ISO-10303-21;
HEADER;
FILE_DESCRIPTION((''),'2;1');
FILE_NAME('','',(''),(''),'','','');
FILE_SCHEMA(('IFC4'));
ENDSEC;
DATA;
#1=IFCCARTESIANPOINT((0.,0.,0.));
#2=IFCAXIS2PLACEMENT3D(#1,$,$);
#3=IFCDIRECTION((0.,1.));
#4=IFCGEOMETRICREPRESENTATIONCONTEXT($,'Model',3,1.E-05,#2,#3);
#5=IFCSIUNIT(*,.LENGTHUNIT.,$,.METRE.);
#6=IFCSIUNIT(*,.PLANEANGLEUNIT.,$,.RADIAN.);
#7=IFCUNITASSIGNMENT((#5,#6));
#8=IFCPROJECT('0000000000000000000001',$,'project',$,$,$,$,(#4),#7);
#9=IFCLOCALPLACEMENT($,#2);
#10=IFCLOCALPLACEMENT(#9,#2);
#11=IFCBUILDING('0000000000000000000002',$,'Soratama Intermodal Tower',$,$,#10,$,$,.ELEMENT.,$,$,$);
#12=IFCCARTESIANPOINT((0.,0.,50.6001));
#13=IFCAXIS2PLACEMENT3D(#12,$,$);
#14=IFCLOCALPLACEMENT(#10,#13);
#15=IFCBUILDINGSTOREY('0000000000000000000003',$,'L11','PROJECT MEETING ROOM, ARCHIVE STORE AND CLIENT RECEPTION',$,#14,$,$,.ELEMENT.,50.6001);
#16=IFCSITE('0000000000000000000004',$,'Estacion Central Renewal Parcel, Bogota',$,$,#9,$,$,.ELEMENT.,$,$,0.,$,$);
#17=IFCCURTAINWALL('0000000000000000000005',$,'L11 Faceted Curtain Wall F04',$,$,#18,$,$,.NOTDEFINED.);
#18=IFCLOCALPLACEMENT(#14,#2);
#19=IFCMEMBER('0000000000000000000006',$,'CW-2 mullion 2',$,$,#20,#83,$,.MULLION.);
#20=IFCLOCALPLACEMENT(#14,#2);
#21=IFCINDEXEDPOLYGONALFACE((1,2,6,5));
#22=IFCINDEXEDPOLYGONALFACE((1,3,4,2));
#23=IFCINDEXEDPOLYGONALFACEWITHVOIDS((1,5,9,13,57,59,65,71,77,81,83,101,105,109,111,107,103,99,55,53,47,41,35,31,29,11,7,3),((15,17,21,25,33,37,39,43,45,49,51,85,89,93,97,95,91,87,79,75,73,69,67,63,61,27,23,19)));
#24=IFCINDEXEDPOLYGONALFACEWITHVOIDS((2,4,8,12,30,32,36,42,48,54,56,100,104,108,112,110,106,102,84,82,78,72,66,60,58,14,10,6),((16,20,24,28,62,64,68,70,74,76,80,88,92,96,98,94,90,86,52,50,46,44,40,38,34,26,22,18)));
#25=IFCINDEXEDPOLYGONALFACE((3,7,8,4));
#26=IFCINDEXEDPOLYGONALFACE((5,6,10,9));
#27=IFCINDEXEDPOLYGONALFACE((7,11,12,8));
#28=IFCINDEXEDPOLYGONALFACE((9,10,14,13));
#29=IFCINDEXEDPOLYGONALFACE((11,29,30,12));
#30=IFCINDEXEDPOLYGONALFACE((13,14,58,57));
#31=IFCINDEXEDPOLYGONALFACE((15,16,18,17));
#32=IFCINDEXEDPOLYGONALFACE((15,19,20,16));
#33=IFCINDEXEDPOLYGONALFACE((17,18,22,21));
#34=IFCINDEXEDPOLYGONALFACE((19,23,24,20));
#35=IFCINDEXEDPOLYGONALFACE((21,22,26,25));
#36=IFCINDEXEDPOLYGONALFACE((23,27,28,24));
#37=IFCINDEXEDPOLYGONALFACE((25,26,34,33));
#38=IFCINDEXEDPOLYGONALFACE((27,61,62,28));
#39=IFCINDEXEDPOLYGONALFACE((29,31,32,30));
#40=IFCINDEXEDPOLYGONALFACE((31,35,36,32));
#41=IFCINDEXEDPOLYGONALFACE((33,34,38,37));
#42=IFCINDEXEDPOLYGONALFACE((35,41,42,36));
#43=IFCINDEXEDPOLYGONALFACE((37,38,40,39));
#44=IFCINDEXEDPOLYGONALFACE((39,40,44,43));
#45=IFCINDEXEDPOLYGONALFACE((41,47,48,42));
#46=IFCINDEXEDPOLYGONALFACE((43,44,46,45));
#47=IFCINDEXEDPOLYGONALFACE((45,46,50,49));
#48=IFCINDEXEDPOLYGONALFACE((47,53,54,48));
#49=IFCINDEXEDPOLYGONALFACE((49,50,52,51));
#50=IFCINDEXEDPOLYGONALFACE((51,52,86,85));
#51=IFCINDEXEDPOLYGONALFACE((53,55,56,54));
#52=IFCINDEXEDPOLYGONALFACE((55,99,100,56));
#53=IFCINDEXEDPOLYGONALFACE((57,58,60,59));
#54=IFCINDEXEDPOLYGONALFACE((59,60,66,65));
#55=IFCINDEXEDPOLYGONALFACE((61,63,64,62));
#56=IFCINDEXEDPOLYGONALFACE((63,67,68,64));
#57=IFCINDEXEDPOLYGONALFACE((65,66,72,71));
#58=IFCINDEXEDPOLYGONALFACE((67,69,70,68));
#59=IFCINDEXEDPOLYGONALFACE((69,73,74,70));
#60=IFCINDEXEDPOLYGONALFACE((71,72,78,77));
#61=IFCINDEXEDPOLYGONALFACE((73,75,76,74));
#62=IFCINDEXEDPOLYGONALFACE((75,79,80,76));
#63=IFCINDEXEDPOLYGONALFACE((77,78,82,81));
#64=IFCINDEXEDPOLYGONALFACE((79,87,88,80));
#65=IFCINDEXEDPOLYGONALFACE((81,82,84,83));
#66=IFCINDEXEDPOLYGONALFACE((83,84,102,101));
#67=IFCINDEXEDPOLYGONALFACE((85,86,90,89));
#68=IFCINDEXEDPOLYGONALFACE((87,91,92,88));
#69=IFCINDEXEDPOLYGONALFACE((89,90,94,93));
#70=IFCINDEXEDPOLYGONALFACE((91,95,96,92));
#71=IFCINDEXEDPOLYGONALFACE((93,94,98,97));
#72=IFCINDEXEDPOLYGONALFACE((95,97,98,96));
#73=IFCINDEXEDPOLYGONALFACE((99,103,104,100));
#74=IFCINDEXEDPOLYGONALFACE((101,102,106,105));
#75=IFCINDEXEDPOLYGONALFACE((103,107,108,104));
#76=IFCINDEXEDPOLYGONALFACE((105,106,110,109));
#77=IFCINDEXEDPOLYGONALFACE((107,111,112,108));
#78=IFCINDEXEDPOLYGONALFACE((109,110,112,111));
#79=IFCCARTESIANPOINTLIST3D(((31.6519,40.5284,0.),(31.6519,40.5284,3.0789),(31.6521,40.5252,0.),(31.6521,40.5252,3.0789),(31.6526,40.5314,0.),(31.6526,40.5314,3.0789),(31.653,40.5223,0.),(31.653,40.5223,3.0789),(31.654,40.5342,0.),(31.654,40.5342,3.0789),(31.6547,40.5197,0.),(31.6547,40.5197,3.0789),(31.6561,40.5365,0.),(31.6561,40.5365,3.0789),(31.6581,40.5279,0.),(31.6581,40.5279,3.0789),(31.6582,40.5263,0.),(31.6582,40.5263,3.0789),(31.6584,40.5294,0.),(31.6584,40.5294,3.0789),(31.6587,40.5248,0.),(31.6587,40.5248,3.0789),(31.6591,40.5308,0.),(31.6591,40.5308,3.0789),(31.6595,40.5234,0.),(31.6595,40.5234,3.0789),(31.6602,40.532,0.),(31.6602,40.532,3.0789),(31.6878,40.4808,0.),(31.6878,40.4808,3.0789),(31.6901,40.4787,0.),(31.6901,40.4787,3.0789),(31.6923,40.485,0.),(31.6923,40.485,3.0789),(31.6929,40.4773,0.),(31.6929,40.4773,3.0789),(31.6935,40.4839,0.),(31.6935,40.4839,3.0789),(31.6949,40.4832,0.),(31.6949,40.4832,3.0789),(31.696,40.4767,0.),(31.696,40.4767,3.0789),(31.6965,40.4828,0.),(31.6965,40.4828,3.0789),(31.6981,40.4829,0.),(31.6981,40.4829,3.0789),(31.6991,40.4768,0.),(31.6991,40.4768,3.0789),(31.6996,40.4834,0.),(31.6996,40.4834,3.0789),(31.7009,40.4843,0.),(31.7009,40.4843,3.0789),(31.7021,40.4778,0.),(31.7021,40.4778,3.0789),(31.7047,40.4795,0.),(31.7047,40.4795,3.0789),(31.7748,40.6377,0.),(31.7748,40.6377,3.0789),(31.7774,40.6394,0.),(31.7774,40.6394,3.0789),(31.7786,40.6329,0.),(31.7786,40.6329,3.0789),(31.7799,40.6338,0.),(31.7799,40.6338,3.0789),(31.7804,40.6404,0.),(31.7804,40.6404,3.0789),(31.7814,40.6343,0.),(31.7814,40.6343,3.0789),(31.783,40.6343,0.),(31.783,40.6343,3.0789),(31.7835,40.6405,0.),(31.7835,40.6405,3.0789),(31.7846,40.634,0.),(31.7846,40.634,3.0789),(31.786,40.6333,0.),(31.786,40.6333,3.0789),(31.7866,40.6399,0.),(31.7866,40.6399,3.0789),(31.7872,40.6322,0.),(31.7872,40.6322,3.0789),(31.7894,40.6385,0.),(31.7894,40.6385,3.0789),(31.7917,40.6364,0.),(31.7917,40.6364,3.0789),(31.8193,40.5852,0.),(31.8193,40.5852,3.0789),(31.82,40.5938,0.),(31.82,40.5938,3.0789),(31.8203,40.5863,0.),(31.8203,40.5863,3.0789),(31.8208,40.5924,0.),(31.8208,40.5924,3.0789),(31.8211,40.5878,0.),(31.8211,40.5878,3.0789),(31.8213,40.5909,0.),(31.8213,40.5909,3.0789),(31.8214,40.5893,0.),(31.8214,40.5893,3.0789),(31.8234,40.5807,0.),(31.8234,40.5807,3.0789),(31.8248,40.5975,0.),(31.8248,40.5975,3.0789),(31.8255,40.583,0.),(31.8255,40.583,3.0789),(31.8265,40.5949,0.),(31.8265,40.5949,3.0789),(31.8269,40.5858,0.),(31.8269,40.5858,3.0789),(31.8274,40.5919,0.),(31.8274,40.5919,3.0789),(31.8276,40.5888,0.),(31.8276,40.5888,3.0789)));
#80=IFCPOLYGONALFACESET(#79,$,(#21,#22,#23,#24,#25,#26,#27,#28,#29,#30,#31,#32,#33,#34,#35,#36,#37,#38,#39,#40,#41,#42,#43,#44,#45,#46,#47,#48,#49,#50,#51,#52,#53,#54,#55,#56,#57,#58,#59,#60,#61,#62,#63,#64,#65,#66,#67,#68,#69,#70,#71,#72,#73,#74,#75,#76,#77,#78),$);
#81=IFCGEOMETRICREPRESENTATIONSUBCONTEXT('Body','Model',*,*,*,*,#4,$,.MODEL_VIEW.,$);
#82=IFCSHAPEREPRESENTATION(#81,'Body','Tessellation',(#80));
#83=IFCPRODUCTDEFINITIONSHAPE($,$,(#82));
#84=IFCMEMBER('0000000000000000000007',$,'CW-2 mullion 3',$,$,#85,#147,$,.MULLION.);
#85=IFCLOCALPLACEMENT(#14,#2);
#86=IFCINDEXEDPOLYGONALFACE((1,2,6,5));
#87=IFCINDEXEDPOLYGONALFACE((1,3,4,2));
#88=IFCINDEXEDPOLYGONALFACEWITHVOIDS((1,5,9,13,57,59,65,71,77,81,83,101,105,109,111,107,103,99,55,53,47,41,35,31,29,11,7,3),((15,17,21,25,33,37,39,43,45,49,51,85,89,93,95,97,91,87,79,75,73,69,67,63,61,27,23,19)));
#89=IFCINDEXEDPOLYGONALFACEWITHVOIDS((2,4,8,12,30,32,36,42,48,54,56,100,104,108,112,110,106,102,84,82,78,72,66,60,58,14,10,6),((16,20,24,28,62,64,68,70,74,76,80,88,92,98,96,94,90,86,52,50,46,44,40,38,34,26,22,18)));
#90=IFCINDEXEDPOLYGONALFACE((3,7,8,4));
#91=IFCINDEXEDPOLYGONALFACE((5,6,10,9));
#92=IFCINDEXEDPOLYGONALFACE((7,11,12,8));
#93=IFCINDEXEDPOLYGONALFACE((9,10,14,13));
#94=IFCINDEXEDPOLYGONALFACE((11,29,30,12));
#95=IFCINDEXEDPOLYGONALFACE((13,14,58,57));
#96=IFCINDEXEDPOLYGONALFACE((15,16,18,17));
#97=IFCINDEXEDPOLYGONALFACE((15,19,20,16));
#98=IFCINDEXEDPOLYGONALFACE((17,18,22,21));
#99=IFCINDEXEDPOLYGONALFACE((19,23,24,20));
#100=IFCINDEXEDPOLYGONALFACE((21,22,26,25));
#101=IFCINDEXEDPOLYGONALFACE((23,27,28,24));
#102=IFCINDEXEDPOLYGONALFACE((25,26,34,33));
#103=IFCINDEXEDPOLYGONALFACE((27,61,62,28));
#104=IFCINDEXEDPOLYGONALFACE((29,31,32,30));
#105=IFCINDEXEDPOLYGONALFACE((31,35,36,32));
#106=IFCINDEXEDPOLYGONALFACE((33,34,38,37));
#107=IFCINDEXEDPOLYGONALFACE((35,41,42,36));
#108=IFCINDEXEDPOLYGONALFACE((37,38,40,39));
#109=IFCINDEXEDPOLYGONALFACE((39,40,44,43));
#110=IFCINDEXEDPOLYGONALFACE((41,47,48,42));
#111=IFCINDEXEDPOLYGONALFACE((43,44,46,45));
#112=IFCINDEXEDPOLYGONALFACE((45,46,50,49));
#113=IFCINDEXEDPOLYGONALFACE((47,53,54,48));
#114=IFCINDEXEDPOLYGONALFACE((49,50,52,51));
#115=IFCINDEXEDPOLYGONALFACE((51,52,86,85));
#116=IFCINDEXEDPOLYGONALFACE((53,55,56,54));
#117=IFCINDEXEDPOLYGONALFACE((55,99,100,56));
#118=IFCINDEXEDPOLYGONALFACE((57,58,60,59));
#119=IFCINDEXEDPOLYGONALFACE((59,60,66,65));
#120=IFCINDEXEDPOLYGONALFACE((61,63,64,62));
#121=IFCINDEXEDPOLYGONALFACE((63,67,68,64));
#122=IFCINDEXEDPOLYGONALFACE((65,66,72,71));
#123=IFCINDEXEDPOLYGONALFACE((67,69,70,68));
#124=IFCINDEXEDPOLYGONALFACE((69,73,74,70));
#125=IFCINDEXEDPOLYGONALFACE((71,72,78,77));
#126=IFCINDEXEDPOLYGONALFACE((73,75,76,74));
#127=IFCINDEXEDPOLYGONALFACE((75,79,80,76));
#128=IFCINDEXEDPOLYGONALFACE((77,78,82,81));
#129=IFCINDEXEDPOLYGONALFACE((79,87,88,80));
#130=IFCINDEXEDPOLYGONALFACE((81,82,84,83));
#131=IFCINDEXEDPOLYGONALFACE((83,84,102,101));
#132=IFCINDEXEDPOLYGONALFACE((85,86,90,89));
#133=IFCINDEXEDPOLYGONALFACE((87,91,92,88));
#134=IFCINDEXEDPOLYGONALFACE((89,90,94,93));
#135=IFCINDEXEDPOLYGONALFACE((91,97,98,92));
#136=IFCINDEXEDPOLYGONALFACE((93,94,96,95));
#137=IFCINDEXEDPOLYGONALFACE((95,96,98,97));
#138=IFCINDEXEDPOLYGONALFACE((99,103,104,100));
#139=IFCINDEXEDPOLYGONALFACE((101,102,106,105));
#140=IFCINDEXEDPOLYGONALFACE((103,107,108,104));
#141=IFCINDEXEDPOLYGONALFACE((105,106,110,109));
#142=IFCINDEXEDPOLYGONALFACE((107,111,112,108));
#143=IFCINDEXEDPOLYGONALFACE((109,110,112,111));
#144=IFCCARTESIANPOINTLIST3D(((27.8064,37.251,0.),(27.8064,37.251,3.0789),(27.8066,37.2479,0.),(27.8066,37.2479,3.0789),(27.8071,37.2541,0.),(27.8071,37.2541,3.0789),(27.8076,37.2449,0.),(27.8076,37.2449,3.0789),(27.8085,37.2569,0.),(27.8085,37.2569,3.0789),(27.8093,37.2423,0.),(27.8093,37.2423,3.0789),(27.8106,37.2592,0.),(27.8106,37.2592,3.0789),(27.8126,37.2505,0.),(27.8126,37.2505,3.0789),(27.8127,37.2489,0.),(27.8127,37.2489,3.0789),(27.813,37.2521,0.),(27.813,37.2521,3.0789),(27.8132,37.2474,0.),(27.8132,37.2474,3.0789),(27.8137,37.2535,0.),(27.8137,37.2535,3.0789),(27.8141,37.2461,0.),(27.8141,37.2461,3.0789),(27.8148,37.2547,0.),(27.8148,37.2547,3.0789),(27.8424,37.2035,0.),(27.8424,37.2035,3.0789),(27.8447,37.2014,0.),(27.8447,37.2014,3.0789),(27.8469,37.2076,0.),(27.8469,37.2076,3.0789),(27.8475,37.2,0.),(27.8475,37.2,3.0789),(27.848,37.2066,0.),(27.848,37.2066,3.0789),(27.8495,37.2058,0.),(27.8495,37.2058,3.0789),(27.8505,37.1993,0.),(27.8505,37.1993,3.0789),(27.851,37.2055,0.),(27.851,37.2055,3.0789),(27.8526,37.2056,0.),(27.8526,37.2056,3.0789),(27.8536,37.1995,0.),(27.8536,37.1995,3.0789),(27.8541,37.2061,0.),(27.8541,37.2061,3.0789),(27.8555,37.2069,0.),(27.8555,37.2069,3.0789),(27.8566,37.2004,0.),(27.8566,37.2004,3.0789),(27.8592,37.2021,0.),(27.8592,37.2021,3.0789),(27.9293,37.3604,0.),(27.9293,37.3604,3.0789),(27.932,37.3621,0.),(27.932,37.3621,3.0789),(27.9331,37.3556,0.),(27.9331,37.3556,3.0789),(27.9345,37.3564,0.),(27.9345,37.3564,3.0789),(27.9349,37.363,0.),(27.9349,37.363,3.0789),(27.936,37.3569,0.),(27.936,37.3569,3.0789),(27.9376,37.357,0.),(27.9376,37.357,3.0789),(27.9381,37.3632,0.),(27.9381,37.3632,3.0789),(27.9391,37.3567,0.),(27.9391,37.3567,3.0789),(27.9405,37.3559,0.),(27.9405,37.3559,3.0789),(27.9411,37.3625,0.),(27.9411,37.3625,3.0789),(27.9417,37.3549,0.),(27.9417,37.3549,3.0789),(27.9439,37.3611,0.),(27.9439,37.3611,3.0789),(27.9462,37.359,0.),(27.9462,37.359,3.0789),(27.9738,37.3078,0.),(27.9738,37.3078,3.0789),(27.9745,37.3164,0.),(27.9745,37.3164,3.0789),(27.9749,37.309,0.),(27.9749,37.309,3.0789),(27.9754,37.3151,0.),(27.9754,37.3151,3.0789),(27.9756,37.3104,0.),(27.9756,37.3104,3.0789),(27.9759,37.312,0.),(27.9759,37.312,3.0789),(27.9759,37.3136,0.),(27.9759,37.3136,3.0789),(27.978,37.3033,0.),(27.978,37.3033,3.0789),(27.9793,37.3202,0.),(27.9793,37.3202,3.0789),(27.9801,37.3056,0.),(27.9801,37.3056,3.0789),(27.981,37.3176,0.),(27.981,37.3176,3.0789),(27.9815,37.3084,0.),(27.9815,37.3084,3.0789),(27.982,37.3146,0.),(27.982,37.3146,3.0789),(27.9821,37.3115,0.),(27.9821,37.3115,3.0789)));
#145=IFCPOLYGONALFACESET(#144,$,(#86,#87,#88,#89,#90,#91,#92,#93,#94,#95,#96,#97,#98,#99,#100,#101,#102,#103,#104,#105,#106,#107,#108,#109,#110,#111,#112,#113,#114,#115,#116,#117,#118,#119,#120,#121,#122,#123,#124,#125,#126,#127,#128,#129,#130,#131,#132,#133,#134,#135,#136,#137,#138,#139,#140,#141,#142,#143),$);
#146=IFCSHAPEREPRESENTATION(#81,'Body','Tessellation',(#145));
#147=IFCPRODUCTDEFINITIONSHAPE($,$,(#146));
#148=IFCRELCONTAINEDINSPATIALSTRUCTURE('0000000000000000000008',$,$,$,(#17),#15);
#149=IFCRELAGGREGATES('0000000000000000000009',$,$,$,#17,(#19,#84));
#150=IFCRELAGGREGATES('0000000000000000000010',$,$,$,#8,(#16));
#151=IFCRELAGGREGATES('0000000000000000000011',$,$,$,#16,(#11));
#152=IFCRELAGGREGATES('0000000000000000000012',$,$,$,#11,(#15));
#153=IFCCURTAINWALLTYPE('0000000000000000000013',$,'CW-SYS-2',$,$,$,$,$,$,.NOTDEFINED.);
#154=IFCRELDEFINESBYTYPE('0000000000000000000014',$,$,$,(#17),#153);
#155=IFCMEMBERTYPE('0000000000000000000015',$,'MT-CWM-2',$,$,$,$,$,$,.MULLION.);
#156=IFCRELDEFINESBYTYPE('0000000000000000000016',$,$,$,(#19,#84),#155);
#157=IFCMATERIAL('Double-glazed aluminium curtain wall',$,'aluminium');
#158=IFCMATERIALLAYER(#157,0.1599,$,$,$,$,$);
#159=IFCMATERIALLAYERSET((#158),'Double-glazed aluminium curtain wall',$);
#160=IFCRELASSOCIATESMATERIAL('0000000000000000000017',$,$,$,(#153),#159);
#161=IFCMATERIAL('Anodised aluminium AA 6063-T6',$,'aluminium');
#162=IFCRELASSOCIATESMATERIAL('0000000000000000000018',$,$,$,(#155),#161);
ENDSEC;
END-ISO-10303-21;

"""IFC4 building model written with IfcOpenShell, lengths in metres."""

from ifc_helpers import new_model, si_unit, direction, frame, origin, origin_2d, place, context, subcontext, project, spatial, hollow_rectangle, extrude, material, layer, layer_set, material_profile, profile_set, type_object, element, aggregate, save


model = new_model("IFC4")

# Units and contexts
model_context = context("Model", 3, precision=1e-05, world=origin(), true_north=direction((0.0, 1.0)))
body_context = subcontext(model_context, "Body", "Model", "MODEL_VIEW")
ifc_project = project(units=[si_unit("LENGTHUNIT", "METRE"), si_unit("PLANEANGLEUNIT", "RADIAN")], contexts=[model_context])

# Site, building, storey
site_placement = place(None, origin())
site = spatial("IfcSite", under=ifc_project, at=site_placement, Name="Estacion Central Renewal Parcel, Bogota", CompositionType="ELEMENT", RefElevation=0.0)
building_placement = place(site_placement, origin())
building = spatial("IfcBuilding", under=site, at=building_placement, Name="Soratama Intermodal Tower", CompositionType="ELEMENT")
storey_placement = place(building_placement, frame((0.0, 0.0, 50.6001)))
storey = spatial("IfcBuildingStorey", under=building, at=storey_placement, Name="L11", Description="PROJECT MEETING ROOM, ARCHIVE STORE AND CLIENT RECEPTION", CompositionType="ELEMENT", Elevation=50.6001)

# Curtain wall, members
ifc_material_1 = material(Name="Double-glazed aluminium curtain wall", Category="aluminium")
ifc_layer_1 = layer(ifc_material_1, 0.1599)
ifc_layer_set_1 = layer_set([ifc_layer_1], Name="Double-glazed aluminium curtain wall")
curtain_wall_type = type_object("IfcCurtainWallType", Name="CW-SYS-2", PredefinedType="NOTDEFINED", material=ifc_layer_set_1)
curtain_wall_placement = place(storey_placement, origin())
curtain_wall = element("IfcCurtainWall", 1, at=curtain_wall_placement, inside=storey, type_object=curtain_wall_type, Name="L11 Faceted Curtain Wall F04", PredefinedType="NOTDEFINED")
ifc_material_2 = material(Name="Anodised aluminium AA 6063-T6", Category="aluminium")
ifc_material_profile_1 = material_profile(ifc_material_2, hollow_rectangle(XDim=0.075, YDim=0.1799, WallThickness=0.0061, InnerFilletRadius=0.0061, OuterFilletRadius=0.012, at=origin_2d()), Name="CWM180X75X6")
ifc_profile_set_1 = profile_set([ifc_material_profile_1], Name="Anodised aluminium AA 6063-T6")
member_type_1 = type_object("IfcMemberType", Name="MT-CWM-2", PredefinedType="MULLION", material=ifc_profile_set_1)
member_1_placement = place(storey_placement, frame((31.7397, 40.5586, 0.0), z_axis=(0.0, 0.0, 1.0), x_axis=(0.648652, -0.761085, 0.0)))
member_1 = element("IfcMember", 2, at=member_1_placement, type_object=member_type_1, Name="CW-2 mullion 2", PredefinedType="MULLION", context=body_context, shape_type="SweptSolid", body=[
    extrude(hollow_rectangle(XDim=0.075, YDim=0.1799, WallThickness=0.0061, InnerFilletRadius=0.0061, OuterFilletRadius=0.012, at=origin_2d()), origin(), (0.0, 0.0, 1.0), 3.0789),
])
member_2_placement = place(storey_placement, frame((27.8943, 37.2812, 0.0), z_axis=(0.0, 0.0, 1.0), x_axis=(0.648652, -0.761085, 0.0)))
member_2 = element("IfcMember", 3, at=member_2_placement, type_object=member_type_1, Name="CW-2 mullion 3", PredefinedType="MULLION", context=body_context, shape_type="SweptSolid", body=[
    extrude(hollow_rectangle(XDim=0.075, YDim=0.1799, WallThickness=0.0061, InnerFilletRadius=0.0061, OuterFilletRadius=0.012, at=origin_2d()), origin(), (0.0, 0.0, 1.0), 3.0789),
])
aggregate(curtain_wall, [member_1, member_2])

save(model, "model.ifc")
